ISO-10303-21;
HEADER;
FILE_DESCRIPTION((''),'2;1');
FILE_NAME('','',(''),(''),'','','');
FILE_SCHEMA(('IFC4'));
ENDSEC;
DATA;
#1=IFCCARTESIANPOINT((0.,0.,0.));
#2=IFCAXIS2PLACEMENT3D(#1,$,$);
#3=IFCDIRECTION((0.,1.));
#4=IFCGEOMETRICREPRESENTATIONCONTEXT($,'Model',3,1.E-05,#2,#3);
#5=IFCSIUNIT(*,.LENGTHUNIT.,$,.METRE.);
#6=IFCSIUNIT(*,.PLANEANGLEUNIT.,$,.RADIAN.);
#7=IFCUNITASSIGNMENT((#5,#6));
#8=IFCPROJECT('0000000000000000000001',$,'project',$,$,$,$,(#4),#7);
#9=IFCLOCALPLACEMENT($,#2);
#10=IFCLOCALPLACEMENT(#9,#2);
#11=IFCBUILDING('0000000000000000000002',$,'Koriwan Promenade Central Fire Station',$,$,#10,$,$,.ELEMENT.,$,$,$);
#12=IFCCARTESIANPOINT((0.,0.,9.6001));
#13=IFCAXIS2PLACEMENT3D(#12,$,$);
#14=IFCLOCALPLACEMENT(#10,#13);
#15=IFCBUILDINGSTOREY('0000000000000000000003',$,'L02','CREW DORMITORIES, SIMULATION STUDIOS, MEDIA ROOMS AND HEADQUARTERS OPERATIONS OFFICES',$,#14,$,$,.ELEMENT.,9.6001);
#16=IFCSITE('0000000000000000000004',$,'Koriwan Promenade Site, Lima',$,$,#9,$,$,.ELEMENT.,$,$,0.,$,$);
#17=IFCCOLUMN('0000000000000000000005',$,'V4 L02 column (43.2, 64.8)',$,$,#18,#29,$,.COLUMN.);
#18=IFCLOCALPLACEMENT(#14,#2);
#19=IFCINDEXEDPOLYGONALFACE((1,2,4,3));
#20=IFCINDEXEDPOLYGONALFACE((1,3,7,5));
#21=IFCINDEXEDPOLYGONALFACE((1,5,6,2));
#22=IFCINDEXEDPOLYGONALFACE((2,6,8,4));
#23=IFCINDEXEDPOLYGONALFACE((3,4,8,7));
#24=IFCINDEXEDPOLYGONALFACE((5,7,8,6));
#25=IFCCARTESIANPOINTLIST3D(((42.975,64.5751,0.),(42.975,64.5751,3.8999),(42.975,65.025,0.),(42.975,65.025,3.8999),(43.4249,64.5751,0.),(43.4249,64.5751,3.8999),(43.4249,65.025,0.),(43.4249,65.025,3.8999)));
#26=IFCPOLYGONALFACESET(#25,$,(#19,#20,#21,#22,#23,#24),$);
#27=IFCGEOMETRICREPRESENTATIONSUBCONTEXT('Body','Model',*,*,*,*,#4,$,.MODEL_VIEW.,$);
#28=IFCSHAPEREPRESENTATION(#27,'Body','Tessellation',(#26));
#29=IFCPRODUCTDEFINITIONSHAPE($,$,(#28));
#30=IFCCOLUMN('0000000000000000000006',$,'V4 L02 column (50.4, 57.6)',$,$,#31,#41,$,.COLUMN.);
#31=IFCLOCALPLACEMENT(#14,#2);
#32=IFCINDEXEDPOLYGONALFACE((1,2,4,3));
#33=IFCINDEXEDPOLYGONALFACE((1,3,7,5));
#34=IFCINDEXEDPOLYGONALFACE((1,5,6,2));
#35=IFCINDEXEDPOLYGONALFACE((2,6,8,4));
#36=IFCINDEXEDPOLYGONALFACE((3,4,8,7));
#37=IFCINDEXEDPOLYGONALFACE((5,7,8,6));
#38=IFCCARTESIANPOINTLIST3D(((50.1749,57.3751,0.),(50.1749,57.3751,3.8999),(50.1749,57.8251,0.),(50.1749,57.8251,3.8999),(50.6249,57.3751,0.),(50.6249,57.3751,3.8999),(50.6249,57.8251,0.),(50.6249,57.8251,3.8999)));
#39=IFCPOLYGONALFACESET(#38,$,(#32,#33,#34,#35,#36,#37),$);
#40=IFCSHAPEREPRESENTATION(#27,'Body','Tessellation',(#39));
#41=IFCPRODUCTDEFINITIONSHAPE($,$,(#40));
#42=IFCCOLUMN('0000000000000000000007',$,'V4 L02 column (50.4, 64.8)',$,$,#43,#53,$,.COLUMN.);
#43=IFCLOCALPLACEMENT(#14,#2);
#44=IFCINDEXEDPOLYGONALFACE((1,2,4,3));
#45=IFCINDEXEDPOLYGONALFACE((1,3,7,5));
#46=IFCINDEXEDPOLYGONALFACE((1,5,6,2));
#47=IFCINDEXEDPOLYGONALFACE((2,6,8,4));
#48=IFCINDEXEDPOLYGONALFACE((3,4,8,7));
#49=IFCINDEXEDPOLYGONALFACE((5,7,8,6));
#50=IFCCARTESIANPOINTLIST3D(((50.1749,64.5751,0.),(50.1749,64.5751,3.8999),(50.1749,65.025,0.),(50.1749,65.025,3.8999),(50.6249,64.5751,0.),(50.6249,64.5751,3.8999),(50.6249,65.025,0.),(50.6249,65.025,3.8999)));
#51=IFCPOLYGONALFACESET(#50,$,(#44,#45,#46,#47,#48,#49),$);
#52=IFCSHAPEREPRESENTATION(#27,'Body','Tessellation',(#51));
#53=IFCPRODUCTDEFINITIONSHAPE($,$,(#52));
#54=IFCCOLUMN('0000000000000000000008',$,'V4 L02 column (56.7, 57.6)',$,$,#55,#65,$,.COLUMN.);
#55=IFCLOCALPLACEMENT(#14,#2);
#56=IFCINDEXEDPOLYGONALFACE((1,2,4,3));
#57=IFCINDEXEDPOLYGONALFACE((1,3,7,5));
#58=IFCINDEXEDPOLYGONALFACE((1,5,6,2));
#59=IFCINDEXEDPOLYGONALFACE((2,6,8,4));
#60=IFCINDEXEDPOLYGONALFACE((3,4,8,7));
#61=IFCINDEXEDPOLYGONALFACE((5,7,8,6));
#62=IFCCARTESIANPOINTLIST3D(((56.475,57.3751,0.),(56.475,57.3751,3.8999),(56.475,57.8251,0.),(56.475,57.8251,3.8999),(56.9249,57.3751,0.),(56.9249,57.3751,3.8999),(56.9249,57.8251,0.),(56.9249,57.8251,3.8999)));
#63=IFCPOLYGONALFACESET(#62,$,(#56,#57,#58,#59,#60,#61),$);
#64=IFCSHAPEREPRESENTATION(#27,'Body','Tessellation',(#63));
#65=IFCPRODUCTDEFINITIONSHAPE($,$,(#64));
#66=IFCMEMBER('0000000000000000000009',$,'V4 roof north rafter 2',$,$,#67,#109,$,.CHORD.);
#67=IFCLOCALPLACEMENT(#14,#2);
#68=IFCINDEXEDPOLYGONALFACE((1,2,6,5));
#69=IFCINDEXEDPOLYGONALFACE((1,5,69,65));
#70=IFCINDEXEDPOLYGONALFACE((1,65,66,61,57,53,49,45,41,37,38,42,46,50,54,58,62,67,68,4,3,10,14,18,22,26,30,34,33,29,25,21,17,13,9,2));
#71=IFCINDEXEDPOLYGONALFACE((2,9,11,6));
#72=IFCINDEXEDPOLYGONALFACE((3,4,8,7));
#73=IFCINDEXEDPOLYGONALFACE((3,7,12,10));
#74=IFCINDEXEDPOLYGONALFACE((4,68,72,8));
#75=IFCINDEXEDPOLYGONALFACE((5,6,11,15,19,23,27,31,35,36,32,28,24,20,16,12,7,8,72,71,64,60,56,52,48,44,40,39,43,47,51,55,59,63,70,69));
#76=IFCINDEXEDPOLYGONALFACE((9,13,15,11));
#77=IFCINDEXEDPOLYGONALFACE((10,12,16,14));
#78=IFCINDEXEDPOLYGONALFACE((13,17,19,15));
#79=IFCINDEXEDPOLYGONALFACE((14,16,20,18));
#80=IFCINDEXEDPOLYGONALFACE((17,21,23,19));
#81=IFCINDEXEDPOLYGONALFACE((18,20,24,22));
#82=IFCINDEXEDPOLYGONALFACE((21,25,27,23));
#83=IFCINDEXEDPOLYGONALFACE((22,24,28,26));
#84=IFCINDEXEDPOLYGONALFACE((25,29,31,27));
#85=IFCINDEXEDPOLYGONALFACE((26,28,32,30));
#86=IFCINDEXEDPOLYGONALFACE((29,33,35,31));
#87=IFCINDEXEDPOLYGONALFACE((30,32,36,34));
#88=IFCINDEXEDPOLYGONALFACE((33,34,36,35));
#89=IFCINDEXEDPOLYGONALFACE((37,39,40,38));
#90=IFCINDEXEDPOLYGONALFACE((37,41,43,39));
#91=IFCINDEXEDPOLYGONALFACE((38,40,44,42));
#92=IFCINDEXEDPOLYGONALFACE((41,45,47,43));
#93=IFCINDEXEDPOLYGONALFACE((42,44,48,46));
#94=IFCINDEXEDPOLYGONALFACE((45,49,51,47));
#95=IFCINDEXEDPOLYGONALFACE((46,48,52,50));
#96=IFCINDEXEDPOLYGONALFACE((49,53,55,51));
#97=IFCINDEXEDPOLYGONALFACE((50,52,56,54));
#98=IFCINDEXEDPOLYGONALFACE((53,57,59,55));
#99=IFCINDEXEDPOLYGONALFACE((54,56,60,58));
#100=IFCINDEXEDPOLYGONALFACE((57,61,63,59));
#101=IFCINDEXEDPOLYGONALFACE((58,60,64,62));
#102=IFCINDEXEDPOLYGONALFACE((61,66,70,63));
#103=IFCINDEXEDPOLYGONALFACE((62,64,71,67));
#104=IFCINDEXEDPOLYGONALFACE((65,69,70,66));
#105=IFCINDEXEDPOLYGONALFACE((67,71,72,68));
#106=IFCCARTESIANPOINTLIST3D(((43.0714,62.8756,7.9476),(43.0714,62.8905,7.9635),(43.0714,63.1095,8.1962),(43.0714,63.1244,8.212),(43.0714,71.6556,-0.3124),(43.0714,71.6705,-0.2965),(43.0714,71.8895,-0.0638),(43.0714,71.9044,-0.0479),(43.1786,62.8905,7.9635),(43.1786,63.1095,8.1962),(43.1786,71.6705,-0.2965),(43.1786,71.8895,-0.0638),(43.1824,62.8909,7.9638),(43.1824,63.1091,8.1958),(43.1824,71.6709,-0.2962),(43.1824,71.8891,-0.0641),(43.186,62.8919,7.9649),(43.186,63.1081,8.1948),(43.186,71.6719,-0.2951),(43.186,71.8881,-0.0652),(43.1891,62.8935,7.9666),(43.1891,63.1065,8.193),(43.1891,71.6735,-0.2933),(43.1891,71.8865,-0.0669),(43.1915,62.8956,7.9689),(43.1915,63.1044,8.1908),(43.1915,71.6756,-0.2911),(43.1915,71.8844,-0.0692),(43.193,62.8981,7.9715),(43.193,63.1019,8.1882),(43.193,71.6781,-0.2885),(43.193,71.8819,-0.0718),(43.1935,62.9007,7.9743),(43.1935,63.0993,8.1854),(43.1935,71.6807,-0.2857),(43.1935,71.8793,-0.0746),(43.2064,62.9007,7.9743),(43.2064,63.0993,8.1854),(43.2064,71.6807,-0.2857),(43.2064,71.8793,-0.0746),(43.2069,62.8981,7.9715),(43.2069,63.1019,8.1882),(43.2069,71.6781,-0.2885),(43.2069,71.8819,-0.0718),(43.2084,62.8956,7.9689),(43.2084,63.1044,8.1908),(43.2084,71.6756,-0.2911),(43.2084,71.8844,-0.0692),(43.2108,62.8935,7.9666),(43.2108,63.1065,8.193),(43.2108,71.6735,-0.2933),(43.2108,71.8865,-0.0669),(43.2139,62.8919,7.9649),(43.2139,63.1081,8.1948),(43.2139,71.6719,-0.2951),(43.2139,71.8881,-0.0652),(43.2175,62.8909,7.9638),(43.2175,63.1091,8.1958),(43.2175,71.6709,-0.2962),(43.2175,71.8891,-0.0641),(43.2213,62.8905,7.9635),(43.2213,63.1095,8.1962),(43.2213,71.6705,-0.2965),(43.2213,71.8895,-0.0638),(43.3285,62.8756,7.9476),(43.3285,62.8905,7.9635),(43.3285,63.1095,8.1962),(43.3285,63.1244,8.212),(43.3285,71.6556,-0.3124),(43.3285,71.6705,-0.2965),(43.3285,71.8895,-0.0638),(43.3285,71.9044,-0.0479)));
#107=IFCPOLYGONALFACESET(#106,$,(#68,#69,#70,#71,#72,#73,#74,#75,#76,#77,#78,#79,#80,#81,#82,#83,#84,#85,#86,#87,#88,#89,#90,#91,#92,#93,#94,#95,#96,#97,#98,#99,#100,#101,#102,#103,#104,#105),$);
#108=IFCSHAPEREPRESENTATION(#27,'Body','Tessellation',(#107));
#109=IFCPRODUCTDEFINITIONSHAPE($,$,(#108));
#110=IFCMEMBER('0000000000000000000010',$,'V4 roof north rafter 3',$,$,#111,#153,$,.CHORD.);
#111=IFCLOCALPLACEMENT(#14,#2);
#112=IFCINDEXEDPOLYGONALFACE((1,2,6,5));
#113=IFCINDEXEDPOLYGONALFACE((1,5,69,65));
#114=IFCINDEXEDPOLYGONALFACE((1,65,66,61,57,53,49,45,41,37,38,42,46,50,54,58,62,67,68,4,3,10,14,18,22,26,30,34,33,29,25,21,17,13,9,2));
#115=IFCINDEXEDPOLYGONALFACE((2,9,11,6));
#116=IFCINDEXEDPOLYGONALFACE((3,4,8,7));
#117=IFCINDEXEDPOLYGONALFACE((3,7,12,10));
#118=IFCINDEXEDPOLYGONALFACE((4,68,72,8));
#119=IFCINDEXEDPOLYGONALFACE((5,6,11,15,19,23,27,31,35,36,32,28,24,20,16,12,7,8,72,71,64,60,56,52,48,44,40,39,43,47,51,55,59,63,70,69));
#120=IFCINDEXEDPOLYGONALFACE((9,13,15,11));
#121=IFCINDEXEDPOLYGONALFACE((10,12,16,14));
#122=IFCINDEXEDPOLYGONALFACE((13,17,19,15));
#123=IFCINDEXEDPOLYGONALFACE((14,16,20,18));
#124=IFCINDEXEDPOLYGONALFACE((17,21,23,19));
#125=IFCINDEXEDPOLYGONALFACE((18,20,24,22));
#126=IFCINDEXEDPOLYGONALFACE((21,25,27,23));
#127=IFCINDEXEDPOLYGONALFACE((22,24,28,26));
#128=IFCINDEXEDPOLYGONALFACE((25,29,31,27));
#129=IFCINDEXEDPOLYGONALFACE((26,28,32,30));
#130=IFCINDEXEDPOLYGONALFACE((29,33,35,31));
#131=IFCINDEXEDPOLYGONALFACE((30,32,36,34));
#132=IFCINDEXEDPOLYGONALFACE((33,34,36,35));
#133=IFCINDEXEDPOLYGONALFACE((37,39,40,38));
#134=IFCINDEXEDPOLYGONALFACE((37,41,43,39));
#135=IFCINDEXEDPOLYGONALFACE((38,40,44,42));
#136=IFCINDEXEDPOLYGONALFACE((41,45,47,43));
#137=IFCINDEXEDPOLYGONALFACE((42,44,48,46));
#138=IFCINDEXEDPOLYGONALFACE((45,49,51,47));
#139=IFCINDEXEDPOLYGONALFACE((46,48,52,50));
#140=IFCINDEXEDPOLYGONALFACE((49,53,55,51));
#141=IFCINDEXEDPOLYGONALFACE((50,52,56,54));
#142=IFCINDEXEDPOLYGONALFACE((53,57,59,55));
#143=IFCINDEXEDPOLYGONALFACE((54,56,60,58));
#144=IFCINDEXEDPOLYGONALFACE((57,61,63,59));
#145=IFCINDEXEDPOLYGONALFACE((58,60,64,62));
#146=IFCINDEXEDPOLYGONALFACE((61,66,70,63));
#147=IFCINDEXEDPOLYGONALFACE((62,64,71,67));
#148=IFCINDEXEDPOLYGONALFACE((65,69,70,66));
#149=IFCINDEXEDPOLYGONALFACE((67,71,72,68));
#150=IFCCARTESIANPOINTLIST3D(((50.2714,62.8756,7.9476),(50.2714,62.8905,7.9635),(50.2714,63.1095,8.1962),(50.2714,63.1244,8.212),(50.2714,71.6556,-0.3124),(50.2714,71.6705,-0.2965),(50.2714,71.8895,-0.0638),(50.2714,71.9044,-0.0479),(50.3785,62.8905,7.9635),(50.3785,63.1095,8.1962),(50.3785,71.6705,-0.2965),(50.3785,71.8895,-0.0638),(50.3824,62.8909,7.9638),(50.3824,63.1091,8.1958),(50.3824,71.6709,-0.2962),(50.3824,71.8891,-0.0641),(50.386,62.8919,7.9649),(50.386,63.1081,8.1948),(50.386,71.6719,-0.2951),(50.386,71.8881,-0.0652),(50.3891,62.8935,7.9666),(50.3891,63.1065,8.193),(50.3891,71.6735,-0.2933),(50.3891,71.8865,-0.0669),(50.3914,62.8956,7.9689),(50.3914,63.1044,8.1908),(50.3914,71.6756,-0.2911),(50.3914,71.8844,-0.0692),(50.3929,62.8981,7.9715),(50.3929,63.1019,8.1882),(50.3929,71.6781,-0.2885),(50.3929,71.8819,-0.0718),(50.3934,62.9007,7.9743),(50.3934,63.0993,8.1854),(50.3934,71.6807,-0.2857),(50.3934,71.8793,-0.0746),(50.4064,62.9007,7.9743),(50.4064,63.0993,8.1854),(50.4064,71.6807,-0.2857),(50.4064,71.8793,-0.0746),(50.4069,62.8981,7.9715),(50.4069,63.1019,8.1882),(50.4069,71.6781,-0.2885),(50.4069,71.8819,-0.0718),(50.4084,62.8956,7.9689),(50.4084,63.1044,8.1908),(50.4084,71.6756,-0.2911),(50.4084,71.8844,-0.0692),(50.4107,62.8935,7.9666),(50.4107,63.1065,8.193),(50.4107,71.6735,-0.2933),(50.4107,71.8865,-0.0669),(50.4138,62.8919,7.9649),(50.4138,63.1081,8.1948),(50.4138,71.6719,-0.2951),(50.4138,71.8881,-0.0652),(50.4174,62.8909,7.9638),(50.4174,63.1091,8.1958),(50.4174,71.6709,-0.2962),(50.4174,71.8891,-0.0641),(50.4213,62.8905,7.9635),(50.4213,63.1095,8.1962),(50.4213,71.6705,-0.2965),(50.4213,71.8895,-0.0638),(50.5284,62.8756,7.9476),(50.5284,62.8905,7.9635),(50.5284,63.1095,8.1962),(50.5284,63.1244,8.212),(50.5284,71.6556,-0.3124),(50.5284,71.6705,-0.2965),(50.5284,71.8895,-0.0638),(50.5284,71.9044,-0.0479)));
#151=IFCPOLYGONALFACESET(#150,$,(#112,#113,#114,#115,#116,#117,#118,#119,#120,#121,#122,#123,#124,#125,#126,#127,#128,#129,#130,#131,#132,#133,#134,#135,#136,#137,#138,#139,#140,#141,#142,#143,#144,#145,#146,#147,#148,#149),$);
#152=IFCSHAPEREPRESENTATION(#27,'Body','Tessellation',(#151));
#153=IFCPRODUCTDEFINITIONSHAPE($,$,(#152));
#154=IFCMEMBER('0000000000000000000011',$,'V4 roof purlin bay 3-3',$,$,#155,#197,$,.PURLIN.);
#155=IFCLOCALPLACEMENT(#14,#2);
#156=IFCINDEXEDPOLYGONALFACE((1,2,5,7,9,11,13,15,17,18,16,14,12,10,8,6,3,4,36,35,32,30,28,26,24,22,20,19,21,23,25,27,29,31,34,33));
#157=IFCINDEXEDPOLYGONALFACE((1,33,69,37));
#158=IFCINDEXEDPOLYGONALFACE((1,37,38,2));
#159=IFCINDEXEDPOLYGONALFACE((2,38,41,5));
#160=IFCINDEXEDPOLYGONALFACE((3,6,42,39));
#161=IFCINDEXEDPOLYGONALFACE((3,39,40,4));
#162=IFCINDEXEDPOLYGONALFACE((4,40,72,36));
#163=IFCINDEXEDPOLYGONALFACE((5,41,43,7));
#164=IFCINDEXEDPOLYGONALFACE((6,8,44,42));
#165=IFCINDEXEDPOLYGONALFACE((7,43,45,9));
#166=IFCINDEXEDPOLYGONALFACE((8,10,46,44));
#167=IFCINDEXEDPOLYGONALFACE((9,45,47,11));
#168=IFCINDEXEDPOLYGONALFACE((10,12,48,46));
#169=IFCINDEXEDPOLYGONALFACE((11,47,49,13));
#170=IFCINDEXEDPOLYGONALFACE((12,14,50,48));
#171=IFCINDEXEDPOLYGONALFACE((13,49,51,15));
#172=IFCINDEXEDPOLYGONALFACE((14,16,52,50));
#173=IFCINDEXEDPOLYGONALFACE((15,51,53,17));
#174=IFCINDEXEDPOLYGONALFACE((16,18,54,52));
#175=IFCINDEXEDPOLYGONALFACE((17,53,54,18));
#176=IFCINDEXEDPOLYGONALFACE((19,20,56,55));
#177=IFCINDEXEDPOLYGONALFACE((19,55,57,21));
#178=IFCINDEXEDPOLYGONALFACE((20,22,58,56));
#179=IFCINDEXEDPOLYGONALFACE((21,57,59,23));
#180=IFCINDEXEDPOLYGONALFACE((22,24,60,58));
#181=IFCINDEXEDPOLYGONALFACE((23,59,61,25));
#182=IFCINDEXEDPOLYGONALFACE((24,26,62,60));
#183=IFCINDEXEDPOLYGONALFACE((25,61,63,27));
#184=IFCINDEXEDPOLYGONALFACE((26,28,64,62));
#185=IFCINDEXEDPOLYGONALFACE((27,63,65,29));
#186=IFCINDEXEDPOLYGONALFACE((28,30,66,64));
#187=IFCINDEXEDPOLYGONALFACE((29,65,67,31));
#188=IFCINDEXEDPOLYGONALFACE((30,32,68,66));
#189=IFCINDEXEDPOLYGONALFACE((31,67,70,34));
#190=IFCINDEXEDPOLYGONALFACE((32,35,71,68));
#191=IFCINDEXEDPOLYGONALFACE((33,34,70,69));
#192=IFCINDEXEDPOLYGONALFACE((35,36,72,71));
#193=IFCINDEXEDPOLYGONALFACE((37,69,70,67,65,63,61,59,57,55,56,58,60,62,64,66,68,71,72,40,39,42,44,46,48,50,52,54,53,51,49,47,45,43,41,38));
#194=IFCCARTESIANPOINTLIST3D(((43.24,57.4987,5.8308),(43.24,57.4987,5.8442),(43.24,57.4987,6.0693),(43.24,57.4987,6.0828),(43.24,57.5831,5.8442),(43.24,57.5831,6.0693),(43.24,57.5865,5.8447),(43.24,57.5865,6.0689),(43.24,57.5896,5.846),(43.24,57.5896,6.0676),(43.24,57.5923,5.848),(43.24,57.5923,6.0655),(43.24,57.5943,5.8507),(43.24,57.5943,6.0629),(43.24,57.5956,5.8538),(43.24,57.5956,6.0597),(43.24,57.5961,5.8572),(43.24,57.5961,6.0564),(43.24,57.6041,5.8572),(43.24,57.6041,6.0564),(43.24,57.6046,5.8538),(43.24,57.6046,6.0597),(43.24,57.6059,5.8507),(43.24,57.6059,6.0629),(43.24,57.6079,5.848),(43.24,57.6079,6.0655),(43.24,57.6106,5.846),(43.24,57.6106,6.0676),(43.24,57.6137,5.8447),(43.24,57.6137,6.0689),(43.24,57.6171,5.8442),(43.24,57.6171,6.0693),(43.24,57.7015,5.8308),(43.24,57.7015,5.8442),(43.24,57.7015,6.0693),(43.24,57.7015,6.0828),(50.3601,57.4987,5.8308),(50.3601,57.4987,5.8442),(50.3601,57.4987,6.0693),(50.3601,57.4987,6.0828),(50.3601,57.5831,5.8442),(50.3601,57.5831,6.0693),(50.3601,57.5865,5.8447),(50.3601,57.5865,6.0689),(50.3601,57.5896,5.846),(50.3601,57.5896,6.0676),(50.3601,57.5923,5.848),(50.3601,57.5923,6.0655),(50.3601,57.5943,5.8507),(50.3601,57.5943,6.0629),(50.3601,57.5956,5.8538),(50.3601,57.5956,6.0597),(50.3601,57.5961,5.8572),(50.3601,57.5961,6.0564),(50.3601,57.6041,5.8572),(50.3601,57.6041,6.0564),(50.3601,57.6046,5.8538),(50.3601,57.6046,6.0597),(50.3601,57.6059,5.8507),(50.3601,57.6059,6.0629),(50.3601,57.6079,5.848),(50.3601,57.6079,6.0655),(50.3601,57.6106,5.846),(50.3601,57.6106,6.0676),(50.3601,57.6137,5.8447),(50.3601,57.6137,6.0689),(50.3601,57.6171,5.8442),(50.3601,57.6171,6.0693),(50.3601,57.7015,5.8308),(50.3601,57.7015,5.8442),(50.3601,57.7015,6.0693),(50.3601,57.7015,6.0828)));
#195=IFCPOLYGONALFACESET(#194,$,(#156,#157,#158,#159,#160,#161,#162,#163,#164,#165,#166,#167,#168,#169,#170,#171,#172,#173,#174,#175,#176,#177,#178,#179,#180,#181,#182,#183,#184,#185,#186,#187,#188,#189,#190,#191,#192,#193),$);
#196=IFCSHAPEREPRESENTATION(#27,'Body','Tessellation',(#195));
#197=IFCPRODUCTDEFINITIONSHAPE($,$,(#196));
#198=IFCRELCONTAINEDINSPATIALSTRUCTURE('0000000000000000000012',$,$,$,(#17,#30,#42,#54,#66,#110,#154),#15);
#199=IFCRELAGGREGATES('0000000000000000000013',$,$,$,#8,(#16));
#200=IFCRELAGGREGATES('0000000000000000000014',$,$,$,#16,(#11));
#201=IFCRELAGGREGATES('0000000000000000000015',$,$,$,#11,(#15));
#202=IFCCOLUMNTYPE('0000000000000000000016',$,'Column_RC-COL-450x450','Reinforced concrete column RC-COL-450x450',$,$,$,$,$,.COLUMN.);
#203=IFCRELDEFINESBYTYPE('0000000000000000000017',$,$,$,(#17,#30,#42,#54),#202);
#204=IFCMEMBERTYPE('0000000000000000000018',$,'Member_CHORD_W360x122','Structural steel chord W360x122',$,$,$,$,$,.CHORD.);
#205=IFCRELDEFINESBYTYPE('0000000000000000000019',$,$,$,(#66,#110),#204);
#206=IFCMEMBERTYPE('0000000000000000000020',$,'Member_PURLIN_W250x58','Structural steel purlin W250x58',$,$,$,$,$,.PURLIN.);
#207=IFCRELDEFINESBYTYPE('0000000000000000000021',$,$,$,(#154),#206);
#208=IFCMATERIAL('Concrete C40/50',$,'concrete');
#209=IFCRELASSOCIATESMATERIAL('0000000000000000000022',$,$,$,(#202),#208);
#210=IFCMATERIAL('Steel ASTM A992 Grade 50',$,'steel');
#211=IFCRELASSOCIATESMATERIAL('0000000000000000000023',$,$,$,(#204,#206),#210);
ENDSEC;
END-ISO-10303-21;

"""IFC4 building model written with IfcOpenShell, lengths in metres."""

from ifc_helpers import new_model, si_unit, direction, frame, origin, origin_2d, place, context, subcontext, project, spatial, rectangle, i_section, extrude, material, material_profile, profile_set, type_object, element, save


model = new_model("IFC4")

# Units and contexts
model_context = context("Model", 3, precision=1e-05, world=origin(), true_north=direction((0.0, 1.0)))
body_context = subcontext(model_context, "Body", "Model", "MODEL_VIEW")
ifc_project = project(units=[si_unit("LENGTHUNIT", "METRE"), si_unit("PLANEANGLEUNIT", "RADIAN")], contexts=[model_context])

# Site, building, storey
site_placement = place(None, origin())
site = spatial("IfcSite", under=ifc_project, at=site_placement, Name="Koriwan Promenade Site, Lima", CompositionType="ELEMENT", RefElevation=0.0)
building_placement = place(site_placement, origin())
building = spatial("IfcBuilding", under=site, at=building_placement, Name="Koriwan Promenade Central Fire Station", CompositionType="ELEMENT")
storey_placement = place(building_placement, frame((0.0, 0.0, 9.6001)))
storey = spatial("IfcBuildingStorey", under=building, at=storey_placement, Name="L02", Description="CREW DORMITORIES, SIMULATION STUDIOS, MEDIA ROOMS AND HEADQUARTERS OPERATIONS OFFICES", CompositionType="ELEMENT", Elevation=9.6001)

# Columns
ifc_material_1 = material(Name="Concrete C40/50", Category="concrete")
ifc_material_profile_1 = material_profile(ifc_material_1, rectangle(XDim=0.45, YDim=0.45, at=origin_2d()), Name="RC-COL-450x450")
ifc_profile_set_1 = profile_set([ifc_material_profile_1], Name="Concrete C40/50")
column_type = type_object("IfcColumnType", Name="Column_RC-COL-450x450", Description="Reinforced concrete column RC-COL-450x450", PredefinedType="COLUMN", material=ifc_profile_set_1)
for number, where, z_axis, x_axis, name in (
    (1, (43.2, 64.8, 0.0), (0.0, 0.0, 1.0), (1.0, 0.0, 0.0), "V4 L02 column (43.2, 64.8)"),
    (2, (50.3999, 57.6001, 0.0), (0.0, 0.0, 1.0), (1.0, 0.0, 0.0), "V4 L02 column (50.4, 57.6)"),
    (3, (50.3999, 64.8, 0.0), (0.0, 0.0, 1.0), (1.0, 0.0, 0.0), "V4 L02 column (50.4, 64.8)"),
    (4, (56.7, 57.6001, 0.0), (0.0, 0.0, 1.0), (1.0, 0.0, 0.0), "V4 L02 column (56.7, 57.6)"),
):
    element("IfcColumn", number, at=place(storey_placement, frame(where, z_axis=z_axis, x_axis=x_axis)), inside=storey, type_object=column_type, Name=name, PredefinedType="COLUMN", context=body_context, shape_type="SweptSolid", body=[
        extrude(rectangle(XDim=0.45, YDim=0.45, at=origin_2d()), origin(), (0.0, 0.0, 1.0), 3.8999),
    ])

# Members
ifc_material_2 = material(Name="Steel ASTM A992 Grade 50", Category="steel")
ifc_material_profile_2 = material_profile(ifc_material_2, i_section(OverallWidth=0.2571, OverallDepth=0.363, WebThickness=0.0129, FlangeThickness=0.0217, FilletRadius=0.0149, at=origin_2d()), Name="W360x122")
ifc_profile_set_2 = profile_set([ifc_material_profile_2], Name="Steel ASTM A992 Grade 50")
member_type_1 = type_object("IfcMemberType", Name="Member_CHORD_W360x122", Description="Structural steel chord W360x122", PredefinedType="CHORD", material=ifc_profile_set_2)
for number, where, z_axis, x_axis, name in (
    (5, (43.2, 63.0, 8.0798), (0.0, 0.728347, -0.685209), (-1.0, 0.0, 0.0), "V4 roof north rafter 2"),
    (6, (50.3999, 63.0, 8.0798), (0.0, 0.728347, -0.685209), (-1.0, 0.0, 0.0), "V4 roof north rafter 3"),
):
    element("IfcMember", number, at=place(storey_placement, frame(where, z_axis=z_axis, x_axis=x_axis)), inside=storey, type_object=member_type_1, Name=name, PredefinedType="CHORD", context=body_context, shape_type="SweptSolid", body=[
        extrude(i_section(OverallWidth=0.2571, OverallDepth=0.363, WebThickness=0.0129, FlangeThickness=0.0217, FilletRadius=0.0149, at=origin_2d()), origin(), (0.0, 0.0, 1.0), 12.0547),
    ])
ifc_material_profile_3 = material_profile(ifc_material_2, i_section(OverallWidth=0.2029, OverallDepth=0.252, WebThickness=0.0081, FlangeThickness=0.0134, FilletRadius=0.0129, at=origin_2d()), Name="W250x58")
ifc_profile_set_3 = profile_set([ifc_material_profile_3], Name="Steel ASTM A992 Grade 50")
member_type_2 = type_object("IfcMemberType", Name="Member_PURLIN_W250x58", Description="Structural steel purlin W250x58", PredefinedType="PURLIN", material=ifc_profile_set_3)
for number, where, z_axis, x_axis, name in (
    (7, (43.24, 57.6001, 5.9568), (1.0, 0.0, 0.0), (0.0, 1.0, 0.0), "V4 roof purlin bay 3-3"),
):
    element("IfcMember", number, at=place(storey_placement, frame(where, z_axis=z_axis, x_axis=x_axis)), inside=storey, type_object=member_type_2, Name=name, PredefinedType="PURLIN", context=body_context, shape_type="SweptSolid", body=[
        extrude(i_section(OverallWidth=0.2029, OverallDepth=0.252, WebThickness=0.0081, FlangeThickness=0.0134, FilletRadius=0.0129, at=origin_2d()), origin(), (0.0, 0.0, 1.0), 7.1201),
    ])

save(model, "model.ifc")
